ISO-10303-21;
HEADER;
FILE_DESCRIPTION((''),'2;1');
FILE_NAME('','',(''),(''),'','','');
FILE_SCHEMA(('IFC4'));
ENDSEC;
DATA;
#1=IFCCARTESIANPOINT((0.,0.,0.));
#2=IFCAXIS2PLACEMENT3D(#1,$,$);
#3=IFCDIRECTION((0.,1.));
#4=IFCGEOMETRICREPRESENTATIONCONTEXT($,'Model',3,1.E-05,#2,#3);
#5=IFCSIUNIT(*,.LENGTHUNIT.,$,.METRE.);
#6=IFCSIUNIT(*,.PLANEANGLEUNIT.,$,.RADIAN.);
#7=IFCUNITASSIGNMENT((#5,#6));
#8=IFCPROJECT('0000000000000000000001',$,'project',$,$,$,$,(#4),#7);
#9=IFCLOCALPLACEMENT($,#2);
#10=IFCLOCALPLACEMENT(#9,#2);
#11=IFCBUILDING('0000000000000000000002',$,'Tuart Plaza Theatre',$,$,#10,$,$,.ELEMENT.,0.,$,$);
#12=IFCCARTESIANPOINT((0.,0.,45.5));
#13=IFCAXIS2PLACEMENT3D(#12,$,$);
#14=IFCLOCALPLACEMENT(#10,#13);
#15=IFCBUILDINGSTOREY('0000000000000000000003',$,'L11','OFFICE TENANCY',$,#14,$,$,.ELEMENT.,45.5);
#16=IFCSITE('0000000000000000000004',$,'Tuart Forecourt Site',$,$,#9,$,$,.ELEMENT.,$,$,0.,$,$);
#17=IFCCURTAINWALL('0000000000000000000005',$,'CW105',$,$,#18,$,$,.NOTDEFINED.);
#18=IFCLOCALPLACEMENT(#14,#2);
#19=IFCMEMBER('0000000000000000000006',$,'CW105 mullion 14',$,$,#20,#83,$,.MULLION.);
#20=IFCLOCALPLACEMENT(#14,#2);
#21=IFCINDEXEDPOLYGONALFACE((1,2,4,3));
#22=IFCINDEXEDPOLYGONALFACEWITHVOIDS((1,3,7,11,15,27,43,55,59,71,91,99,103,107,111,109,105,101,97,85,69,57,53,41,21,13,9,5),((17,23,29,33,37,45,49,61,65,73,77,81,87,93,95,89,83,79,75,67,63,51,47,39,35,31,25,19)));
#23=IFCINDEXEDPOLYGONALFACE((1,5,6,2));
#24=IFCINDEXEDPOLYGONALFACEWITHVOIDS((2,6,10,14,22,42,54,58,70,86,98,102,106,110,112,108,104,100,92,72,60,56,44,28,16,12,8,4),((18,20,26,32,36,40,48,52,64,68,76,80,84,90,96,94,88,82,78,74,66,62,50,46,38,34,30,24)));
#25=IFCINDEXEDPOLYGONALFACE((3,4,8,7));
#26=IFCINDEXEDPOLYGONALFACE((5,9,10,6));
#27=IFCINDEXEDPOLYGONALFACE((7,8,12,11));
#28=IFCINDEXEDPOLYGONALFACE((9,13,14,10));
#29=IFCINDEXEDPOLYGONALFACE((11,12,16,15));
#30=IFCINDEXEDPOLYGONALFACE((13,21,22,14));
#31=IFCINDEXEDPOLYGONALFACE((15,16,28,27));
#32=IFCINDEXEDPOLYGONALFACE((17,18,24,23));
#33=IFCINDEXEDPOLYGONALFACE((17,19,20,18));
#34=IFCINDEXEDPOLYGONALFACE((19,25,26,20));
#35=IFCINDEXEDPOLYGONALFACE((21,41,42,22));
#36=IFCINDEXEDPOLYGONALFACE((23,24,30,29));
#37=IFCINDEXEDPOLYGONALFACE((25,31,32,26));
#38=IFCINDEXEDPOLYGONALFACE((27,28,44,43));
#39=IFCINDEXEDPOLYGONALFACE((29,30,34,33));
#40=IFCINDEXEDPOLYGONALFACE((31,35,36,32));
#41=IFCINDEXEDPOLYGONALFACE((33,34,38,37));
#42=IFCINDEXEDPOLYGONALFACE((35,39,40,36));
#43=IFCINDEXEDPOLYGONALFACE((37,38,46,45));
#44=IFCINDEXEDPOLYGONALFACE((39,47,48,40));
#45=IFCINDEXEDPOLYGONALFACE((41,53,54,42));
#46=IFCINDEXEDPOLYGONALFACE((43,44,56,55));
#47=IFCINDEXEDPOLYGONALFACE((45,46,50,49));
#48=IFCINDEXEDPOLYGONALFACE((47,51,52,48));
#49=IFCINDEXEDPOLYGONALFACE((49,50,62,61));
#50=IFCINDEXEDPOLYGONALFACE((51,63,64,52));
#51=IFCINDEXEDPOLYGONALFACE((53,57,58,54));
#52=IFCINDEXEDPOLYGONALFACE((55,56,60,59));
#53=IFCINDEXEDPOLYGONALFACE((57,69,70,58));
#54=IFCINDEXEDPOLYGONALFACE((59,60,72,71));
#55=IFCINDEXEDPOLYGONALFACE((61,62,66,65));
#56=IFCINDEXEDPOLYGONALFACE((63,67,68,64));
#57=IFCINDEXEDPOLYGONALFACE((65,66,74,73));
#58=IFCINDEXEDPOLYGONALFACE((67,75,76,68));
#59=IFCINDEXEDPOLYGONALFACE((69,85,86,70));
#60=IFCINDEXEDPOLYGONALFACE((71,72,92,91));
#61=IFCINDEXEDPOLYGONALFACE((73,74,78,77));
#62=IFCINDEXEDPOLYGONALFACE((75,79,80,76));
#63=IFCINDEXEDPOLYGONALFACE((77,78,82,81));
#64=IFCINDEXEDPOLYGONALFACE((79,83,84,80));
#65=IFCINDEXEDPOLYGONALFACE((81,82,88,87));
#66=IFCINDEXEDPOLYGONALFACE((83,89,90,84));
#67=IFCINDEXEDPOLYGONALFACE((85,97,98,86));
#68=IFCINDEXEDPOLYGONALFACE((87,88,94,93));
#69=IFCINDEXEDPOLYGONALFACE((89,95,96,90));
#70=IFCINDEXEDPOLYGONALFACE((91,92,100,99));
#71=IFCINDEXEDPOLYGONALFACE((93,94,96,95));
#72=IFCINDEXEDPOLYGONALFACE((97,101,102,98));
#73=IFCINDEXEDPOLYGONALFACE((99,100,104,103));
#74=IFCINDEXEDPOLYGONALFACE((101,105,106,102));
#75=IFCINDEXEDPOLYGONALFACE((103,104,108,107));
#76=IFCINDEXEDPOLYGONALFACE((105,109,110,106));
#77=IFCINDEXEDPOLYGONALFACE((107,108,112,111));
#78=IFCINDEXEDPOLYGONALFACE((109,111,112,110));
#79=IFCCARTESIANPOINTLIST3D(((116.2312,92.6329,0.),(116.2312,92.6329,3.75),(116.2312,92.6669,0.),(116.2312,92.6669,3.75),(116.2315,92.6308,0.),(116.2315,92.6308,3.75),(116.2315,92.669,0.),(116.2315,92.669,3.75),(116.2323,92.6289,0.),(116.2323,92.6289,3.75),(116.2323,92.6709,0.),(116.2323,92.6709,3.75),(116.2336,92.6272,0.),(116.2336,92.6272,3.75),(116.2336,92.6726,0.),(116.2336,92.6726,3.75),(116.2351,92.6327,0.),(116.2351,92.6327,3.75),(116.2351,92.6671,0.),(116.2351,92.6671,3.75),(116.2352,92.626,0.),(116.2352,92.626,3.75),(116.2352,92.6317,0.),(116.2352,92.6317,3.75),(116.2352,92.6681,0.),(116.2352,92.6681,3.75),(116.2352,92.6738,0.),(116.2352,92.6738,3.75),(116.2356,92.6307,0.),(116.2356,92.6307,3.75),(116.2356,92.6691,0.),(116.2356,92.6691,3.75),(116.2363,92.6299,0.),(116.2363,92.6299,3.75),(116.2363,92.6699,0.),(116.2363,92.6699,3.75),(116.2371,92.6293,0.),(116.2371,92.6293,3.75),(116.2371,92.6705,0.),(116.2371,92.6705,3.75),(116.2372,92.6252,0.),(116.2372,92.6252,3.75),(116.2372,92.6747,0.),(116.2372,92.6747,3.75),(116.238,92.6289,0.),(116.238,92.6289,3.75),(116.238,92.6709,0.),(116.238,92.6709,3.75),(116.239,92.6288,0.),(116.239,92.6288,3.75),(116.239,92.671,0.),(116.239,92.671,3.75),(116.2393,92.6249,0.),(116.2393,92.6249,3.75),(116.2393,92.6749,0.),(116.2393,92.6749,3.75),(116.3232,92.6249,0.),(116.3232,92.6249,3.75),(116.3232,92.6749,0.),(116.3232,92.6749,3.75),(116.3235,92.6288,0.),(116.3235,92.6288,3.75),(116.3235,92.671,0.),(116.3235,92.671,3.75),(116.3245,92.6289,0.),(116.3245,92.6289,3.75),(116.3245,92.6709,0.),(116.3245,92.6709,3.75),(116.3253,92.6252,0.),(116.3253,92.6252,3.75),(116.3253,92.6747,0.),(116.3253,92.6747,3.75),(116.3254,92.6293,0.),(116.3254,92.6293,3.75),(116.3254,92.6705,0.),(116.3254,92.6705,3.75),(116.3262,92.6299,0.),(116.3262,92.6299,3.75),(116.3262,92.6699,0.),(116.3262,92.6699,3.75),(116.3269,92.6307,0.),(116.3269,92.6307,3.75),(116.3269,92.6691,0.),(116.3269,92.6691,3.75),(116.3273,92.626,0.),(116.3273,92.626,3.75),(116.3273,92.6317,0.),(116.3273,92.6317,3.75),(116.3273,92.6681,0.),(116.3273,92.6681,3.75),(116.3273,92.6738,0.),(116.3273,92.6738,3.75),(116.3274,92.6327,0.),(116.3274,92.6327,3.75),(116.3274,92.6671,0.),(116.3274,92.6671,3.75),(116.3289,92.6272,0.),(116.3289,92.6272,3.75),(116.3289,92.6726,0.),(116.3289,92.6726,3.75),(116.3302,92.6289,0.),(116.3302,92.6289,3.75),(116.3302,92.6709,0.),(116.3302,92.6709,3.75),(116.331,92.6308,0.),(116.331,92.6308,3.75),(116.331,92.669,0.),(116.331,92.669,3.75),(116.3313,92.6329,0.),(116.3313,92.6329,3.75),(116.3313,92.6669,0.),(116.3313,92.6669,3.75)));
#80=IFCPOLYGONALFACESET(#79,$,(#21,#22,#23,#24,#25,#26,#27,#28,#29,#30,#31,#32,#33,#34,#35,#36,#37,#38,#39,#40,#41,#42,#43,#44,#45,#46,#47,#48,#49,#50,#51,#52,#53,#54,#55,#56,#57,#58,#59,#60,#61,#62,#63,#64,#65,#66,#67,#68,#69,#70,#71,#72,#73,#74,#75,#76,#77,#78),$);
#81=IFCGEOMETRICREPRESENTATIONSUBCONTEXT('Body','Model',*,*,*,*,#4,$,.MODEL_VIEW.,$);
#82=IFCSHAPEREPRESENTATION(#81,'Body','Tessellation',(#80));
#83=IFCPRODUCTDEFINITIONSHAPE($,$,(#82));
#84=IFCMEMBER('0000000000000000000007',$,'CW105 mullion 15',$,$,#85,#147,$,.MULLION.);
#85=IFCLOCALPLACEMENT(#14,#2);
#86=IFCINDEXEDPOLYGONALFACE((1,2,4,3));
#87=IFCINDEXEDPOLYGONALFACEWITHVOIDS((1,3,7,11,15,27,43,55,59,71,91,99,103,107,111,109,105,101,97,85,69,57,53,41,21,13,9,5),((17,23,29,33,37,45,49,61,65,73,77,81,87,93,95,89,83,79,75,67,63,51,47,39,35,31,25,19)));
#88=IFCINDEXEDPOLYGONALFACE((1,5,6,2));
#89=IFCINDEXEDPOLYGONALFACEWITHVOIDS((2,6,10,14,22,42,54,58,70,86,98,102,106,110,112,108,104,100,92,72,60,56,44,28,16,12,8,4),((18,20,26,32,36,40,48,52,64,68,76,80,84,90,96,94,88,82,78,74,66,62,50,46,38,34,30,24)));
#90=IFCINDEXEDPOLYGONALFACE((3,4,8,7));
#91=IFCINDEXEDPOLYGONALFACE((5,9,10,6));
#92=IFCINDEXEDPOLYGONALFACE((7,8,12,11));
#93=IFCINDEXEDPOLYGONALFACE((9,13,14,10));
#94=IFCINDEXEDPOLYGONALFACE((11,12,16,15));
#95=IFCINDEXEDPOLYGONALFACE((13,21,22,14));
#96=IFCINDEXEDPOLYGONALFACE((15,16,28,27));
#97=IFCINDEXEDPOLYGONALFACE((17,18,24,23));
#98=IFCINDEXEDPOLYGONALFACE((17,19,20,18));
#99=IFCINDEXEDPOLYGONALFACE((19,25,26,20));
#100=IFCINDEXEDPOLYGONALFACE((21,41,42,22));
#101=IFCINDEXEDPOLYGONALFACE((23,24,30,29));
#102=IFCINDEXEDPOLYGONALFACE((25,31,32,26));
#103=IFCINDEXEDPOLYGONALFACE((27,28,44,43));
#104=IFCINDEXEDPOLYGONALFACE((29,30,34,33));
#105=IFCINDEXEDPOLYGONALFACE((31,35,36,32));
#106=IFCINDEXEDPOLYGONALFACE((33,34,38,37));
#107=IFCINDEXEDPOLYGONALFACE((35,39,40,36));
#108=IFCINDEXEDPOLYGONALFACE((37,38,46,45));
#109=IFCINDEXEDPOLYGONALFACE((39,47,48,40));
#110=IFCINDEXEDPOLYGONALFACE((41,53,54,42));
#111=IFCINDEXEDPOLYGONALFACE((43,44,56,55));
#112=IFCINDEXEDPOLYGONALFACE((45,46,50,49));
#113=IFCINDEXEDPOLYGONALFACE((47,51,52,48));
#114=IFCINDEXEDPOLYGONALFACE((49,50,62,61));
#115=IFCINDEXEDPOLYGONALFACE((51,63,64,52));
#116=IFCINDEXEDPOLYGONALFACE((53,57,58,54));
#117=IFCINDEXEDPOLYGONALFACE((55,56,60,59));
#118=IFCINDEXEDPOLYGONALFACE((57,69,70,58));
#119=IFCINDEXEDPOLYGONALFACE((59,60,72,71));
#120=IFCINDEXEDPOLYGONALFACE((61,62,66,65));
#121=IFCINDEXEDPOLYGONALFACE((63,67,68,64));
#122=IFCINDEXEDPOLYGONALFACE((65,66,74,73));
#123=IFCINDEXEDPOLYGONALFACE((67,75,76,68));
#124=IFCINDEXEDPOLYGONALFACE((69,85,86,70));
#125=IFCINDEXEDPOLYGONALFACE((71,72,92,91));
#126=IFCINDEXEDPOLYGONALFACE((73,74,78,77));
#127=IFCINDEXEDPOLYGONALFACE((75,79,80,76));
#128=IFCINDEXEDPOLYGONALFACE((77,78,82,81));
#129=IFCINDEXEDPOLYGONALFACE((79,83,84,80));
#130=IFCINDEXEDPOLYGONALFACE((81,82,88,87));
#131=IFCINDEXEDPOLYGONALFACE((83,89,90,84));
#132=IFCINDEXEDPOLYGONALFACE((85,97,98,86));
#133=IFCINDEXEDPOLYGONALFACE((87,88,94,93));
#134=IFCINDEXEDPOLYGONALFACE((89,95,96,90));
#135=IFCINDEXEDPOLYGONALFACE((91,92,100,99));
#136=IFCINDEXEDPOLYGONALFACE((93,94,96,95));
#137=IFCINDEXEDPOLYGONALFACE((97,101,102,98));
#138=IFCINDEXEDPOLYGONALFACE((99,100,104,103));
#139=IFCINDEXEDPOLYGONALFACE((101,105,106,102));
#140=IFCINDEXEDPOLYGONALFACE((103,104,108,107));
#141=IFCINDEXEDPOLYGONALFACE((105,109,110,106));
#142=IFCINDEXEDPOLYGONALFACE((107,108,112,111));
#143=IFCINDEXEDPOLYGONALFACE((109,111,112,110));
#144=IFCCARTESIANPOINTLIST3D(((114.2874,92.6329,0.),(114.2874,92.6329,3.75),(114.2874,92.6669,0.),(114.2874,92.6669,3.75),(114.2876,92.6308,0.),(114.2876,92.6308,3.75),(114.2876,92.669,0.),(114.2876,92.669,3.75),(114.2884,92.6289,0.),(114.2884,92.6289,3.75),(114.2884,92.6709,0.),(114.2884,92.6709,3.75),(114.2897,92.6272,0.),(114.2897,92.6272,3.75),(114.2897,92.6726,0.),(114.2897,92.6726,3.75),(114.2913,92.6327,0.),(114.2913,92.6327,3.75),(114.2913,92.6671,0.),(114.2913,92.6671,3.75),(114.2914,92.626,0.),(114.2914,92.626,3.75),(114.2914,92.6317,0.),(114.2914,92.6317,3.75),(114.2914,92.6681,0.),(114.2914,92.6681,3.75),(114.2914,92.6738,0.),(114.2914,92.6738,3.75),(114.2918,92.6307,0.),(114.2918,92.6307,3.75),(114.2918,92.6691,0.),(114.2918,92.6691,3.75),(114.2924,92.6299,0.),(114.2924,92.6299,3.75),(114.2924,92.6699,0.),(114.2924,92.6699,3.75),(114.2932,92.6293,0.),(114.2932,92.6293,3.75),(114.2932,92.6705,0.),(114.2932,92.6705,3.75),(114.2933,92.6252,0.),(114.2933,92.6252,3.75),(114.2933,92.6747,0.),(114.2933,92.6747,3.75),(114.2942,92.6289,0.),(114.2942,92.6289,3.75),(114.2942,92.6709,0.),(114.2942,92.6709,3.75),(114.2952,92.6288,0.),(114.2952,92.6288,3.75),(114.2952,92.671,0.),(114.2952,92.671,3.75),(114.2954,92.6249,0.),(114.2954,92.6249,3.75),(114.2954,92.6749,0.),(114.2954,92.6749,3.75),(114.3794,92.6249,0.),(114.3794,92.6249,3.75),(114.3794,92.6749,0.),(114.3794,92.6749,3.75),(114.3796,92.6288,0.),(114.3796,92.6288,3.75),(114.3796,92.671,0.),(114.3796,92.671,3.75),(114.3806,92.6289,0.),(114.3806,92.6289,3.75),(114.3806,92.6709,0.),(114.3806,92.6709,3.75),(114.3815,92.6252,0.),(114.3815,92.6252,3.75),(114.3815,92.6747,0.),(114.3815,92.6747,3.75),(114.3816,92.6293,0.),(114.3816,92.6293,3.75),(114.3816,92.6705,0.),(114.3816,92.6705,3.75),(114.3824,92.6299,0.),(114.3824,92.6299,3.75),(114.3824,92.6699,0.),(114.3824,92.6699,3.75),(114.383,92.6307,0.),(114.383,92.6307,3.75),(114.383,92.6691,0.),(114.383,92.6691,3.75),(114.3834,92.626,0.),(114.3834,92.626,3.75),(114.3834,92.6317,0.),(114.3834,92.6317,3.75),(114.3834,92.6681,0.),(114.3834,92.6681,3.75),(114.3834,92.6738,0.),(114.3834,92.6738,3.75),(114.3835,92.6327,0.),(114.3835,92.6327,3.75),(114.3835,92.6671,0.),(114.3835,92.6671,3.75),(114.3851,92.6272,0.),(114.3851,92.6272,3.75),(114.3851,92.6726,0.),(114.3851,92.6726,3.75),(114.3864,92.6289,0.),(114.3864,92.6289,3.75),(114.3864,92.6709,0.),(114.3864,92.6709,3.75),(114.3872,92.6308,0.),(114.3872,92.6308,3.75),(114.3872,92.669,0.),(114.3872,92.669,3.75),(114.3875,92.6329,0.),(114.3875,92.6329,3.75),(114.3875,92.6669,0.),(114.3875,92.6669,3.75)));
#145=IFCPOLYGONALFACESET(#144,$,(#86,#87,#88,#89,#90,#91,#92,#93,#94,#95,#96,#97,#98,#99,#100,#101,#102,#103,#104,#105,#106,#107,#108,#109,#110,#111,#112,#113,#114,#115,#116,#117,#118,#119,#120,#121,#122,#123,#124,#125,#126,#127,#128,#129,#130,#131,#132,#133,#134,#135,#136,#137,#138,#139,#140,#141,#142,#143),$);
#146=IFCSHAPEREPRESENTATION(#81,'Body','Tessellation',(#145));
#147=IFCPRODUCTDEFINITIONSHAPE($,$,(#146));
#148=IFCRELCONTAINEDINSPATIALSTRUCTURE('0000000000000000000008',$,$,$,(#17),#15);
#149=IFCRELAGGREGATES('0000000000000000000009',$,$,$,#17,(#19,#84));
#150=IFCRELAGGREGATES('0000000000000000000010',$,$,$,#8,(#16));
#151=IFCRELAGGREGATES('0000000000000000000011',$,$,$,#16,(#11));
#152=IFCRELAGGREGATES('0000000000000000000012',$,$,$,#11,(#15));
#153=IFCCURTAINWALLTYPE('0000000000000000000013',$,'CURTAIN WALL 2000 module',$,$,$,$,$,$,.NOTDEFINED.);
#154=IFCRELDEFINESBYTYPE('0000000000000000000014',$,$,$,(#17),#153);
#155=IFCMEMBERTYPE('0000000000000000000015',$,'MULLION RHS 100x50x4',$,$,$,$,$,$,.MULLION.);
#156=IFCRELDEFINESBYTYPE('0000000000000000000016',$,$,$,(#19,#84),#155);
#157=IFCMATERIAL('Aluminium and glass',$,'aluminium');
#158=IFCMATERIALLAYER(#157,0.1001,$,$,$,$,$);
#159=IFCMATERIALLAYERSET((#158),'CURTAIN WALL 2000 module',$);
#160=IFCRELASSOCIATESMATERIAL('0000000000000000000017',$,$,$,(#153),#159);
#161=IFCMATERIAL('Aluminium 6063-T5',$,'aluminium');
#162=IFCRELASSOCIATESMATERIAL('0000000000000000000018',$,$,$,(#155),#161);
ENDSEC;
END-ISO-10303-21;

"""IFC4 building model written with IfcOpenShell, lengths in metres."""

from ifc_helpers import new_model, si_unit, direction, frame, origin, origin_2d, place, context, subcontext, project, spatial, hollow_rectangle, extrude, material, layer, layer_set, material_profile, profile_set, type_object, element, aggregate, save


model = new_model("IFC4")

# Units and contexts
model_context = context("Model", 3, precision=1e-05, world=origin(), true_north=direction((0.0, 1.0)))
body_context = subcontext(model_context, "Body", "Model", "MODEL_VIEW")
ifc_project = project(units=[si_unit("LENGTHUNIT", "METRE"), si_unit("PLANEANGLEUNIT", "RADIAN")], contexts=[model_context])

# Site, building, storey
site_placement = place(None, origin())
site = spatial("IfcSite", under=ifc_project, at=site_placement, Name="Tuart Forecourt Site", CompositionType="ELEMENT", RefElevation=0.0)
building_placement = place(site_placement, origin())
building = spatial("IfcBuilding", under=site, at=building_placement, Name="Tuart Plaza Theatre", CompositionType="ELEMENT", ElevationOfRefHeight=0.0)
storey_placement = place(building_placement, frame((0.0, 0.0, 45.5)))
storey = spatial("IfcBuildingStorey", under=building, at=storey_placement, Name="L11", Description="OFFICE TENANCY", CompositionType="ELEMENT", Elevation=45.5)

# Curtain wall, members
ifc_material_1 = material(Name="Aluminium and glass", Category="aluminium")
ifc_layer_1 = layer(ifc_material_1, 0.1001)
ifc_layer_set_1 = layer_set([ifc_layer_1], Name="CURTAIN WALL 2000 module")
curtain_wall_type = type_object("IfcCurtainWallType", Name="CURTAIN WALL 2000 module", PredefinedType="NOTDEFINED", material=ifc_layer_set_1)
curtain_wall_placement = place(storey_placement, origin())
curtain_wall = element("IfcCurtainWall", 1, at=curtain_wall_placement, inside=storey, type_object=curtain_wall_type, Name="CW105", PredefinedType="NOTDEFINED")
ifc_material_2 = material(Name="Aluminium 6063-T5", Category="aluminium")
ifc_material_profile_1 = material_profile(ifc_material_2, hollow_rectangle(XDim=0.05, YDim=0.1001, WallThickness=0.0039, InnerFilletRadius=0.0039, OuterFilletRadius=0.0081, at=origin_2d()), Name="RHS 100x50x4")
ifc_profile_set_1 = profile_set([ifc_material_profile_1], Name="Aluminium 6063-T5")
member_type_1 = type_object("IfcMemberType", Name="MULLION RHS 100x50x4", PredefinedType="MULLION", material=ifc_profile_set_1)
member_1_placement = place(storey_placement, frame((116.2812, 92.6499, 0.0), z_axis=(0.0, 0.0, 1.0), x_axis=(0.0, -1.0, 0.0)))
member_1 = element("IfcMember", 2, at=member_1_placement, type_object=member_type_1, Name="CW105 mullion 14", PredefinedType="MULLION", context=body_context, shape_type="SweptSolid", body=[
    extrude(hollow_rectangle(XDim=0.05, YDim=0.1001, WallThickness=0.0039, InnerFilletRadius=0.0039, OuterFilletRadius=0.0081, at=origin_2d()), origin(), (0.0, 0.0, 1.0), 3.75),
])
member_2_placement = place(storey_placement, frame((114.3374, 92.6499, 0.0), z_axis=(0.0, 0.0, 1.0), x_axis=(0.0, -1.0, 0.0)))
member_2 = element("IfcMember", 3, at=member_2_placement, type_object=member_type_1, Name="CW105 mullion 15", PredefinedType="MULLION", context=body_context, shape_type="SweptSolid", body=[
    extrude(hollow_rectangle(XDim=0.05, YDim=0.1001, WallThickness=0.0039, InnerFilletRadius=0.0039, OuterFilletRadius=0.0081, at=origin_2d()), origin(), (0.0, 0.0, 1.0), 3.75),
])
aggregate(curtain_wall, [member_1, member_2])

save(model, "model.ifc")
